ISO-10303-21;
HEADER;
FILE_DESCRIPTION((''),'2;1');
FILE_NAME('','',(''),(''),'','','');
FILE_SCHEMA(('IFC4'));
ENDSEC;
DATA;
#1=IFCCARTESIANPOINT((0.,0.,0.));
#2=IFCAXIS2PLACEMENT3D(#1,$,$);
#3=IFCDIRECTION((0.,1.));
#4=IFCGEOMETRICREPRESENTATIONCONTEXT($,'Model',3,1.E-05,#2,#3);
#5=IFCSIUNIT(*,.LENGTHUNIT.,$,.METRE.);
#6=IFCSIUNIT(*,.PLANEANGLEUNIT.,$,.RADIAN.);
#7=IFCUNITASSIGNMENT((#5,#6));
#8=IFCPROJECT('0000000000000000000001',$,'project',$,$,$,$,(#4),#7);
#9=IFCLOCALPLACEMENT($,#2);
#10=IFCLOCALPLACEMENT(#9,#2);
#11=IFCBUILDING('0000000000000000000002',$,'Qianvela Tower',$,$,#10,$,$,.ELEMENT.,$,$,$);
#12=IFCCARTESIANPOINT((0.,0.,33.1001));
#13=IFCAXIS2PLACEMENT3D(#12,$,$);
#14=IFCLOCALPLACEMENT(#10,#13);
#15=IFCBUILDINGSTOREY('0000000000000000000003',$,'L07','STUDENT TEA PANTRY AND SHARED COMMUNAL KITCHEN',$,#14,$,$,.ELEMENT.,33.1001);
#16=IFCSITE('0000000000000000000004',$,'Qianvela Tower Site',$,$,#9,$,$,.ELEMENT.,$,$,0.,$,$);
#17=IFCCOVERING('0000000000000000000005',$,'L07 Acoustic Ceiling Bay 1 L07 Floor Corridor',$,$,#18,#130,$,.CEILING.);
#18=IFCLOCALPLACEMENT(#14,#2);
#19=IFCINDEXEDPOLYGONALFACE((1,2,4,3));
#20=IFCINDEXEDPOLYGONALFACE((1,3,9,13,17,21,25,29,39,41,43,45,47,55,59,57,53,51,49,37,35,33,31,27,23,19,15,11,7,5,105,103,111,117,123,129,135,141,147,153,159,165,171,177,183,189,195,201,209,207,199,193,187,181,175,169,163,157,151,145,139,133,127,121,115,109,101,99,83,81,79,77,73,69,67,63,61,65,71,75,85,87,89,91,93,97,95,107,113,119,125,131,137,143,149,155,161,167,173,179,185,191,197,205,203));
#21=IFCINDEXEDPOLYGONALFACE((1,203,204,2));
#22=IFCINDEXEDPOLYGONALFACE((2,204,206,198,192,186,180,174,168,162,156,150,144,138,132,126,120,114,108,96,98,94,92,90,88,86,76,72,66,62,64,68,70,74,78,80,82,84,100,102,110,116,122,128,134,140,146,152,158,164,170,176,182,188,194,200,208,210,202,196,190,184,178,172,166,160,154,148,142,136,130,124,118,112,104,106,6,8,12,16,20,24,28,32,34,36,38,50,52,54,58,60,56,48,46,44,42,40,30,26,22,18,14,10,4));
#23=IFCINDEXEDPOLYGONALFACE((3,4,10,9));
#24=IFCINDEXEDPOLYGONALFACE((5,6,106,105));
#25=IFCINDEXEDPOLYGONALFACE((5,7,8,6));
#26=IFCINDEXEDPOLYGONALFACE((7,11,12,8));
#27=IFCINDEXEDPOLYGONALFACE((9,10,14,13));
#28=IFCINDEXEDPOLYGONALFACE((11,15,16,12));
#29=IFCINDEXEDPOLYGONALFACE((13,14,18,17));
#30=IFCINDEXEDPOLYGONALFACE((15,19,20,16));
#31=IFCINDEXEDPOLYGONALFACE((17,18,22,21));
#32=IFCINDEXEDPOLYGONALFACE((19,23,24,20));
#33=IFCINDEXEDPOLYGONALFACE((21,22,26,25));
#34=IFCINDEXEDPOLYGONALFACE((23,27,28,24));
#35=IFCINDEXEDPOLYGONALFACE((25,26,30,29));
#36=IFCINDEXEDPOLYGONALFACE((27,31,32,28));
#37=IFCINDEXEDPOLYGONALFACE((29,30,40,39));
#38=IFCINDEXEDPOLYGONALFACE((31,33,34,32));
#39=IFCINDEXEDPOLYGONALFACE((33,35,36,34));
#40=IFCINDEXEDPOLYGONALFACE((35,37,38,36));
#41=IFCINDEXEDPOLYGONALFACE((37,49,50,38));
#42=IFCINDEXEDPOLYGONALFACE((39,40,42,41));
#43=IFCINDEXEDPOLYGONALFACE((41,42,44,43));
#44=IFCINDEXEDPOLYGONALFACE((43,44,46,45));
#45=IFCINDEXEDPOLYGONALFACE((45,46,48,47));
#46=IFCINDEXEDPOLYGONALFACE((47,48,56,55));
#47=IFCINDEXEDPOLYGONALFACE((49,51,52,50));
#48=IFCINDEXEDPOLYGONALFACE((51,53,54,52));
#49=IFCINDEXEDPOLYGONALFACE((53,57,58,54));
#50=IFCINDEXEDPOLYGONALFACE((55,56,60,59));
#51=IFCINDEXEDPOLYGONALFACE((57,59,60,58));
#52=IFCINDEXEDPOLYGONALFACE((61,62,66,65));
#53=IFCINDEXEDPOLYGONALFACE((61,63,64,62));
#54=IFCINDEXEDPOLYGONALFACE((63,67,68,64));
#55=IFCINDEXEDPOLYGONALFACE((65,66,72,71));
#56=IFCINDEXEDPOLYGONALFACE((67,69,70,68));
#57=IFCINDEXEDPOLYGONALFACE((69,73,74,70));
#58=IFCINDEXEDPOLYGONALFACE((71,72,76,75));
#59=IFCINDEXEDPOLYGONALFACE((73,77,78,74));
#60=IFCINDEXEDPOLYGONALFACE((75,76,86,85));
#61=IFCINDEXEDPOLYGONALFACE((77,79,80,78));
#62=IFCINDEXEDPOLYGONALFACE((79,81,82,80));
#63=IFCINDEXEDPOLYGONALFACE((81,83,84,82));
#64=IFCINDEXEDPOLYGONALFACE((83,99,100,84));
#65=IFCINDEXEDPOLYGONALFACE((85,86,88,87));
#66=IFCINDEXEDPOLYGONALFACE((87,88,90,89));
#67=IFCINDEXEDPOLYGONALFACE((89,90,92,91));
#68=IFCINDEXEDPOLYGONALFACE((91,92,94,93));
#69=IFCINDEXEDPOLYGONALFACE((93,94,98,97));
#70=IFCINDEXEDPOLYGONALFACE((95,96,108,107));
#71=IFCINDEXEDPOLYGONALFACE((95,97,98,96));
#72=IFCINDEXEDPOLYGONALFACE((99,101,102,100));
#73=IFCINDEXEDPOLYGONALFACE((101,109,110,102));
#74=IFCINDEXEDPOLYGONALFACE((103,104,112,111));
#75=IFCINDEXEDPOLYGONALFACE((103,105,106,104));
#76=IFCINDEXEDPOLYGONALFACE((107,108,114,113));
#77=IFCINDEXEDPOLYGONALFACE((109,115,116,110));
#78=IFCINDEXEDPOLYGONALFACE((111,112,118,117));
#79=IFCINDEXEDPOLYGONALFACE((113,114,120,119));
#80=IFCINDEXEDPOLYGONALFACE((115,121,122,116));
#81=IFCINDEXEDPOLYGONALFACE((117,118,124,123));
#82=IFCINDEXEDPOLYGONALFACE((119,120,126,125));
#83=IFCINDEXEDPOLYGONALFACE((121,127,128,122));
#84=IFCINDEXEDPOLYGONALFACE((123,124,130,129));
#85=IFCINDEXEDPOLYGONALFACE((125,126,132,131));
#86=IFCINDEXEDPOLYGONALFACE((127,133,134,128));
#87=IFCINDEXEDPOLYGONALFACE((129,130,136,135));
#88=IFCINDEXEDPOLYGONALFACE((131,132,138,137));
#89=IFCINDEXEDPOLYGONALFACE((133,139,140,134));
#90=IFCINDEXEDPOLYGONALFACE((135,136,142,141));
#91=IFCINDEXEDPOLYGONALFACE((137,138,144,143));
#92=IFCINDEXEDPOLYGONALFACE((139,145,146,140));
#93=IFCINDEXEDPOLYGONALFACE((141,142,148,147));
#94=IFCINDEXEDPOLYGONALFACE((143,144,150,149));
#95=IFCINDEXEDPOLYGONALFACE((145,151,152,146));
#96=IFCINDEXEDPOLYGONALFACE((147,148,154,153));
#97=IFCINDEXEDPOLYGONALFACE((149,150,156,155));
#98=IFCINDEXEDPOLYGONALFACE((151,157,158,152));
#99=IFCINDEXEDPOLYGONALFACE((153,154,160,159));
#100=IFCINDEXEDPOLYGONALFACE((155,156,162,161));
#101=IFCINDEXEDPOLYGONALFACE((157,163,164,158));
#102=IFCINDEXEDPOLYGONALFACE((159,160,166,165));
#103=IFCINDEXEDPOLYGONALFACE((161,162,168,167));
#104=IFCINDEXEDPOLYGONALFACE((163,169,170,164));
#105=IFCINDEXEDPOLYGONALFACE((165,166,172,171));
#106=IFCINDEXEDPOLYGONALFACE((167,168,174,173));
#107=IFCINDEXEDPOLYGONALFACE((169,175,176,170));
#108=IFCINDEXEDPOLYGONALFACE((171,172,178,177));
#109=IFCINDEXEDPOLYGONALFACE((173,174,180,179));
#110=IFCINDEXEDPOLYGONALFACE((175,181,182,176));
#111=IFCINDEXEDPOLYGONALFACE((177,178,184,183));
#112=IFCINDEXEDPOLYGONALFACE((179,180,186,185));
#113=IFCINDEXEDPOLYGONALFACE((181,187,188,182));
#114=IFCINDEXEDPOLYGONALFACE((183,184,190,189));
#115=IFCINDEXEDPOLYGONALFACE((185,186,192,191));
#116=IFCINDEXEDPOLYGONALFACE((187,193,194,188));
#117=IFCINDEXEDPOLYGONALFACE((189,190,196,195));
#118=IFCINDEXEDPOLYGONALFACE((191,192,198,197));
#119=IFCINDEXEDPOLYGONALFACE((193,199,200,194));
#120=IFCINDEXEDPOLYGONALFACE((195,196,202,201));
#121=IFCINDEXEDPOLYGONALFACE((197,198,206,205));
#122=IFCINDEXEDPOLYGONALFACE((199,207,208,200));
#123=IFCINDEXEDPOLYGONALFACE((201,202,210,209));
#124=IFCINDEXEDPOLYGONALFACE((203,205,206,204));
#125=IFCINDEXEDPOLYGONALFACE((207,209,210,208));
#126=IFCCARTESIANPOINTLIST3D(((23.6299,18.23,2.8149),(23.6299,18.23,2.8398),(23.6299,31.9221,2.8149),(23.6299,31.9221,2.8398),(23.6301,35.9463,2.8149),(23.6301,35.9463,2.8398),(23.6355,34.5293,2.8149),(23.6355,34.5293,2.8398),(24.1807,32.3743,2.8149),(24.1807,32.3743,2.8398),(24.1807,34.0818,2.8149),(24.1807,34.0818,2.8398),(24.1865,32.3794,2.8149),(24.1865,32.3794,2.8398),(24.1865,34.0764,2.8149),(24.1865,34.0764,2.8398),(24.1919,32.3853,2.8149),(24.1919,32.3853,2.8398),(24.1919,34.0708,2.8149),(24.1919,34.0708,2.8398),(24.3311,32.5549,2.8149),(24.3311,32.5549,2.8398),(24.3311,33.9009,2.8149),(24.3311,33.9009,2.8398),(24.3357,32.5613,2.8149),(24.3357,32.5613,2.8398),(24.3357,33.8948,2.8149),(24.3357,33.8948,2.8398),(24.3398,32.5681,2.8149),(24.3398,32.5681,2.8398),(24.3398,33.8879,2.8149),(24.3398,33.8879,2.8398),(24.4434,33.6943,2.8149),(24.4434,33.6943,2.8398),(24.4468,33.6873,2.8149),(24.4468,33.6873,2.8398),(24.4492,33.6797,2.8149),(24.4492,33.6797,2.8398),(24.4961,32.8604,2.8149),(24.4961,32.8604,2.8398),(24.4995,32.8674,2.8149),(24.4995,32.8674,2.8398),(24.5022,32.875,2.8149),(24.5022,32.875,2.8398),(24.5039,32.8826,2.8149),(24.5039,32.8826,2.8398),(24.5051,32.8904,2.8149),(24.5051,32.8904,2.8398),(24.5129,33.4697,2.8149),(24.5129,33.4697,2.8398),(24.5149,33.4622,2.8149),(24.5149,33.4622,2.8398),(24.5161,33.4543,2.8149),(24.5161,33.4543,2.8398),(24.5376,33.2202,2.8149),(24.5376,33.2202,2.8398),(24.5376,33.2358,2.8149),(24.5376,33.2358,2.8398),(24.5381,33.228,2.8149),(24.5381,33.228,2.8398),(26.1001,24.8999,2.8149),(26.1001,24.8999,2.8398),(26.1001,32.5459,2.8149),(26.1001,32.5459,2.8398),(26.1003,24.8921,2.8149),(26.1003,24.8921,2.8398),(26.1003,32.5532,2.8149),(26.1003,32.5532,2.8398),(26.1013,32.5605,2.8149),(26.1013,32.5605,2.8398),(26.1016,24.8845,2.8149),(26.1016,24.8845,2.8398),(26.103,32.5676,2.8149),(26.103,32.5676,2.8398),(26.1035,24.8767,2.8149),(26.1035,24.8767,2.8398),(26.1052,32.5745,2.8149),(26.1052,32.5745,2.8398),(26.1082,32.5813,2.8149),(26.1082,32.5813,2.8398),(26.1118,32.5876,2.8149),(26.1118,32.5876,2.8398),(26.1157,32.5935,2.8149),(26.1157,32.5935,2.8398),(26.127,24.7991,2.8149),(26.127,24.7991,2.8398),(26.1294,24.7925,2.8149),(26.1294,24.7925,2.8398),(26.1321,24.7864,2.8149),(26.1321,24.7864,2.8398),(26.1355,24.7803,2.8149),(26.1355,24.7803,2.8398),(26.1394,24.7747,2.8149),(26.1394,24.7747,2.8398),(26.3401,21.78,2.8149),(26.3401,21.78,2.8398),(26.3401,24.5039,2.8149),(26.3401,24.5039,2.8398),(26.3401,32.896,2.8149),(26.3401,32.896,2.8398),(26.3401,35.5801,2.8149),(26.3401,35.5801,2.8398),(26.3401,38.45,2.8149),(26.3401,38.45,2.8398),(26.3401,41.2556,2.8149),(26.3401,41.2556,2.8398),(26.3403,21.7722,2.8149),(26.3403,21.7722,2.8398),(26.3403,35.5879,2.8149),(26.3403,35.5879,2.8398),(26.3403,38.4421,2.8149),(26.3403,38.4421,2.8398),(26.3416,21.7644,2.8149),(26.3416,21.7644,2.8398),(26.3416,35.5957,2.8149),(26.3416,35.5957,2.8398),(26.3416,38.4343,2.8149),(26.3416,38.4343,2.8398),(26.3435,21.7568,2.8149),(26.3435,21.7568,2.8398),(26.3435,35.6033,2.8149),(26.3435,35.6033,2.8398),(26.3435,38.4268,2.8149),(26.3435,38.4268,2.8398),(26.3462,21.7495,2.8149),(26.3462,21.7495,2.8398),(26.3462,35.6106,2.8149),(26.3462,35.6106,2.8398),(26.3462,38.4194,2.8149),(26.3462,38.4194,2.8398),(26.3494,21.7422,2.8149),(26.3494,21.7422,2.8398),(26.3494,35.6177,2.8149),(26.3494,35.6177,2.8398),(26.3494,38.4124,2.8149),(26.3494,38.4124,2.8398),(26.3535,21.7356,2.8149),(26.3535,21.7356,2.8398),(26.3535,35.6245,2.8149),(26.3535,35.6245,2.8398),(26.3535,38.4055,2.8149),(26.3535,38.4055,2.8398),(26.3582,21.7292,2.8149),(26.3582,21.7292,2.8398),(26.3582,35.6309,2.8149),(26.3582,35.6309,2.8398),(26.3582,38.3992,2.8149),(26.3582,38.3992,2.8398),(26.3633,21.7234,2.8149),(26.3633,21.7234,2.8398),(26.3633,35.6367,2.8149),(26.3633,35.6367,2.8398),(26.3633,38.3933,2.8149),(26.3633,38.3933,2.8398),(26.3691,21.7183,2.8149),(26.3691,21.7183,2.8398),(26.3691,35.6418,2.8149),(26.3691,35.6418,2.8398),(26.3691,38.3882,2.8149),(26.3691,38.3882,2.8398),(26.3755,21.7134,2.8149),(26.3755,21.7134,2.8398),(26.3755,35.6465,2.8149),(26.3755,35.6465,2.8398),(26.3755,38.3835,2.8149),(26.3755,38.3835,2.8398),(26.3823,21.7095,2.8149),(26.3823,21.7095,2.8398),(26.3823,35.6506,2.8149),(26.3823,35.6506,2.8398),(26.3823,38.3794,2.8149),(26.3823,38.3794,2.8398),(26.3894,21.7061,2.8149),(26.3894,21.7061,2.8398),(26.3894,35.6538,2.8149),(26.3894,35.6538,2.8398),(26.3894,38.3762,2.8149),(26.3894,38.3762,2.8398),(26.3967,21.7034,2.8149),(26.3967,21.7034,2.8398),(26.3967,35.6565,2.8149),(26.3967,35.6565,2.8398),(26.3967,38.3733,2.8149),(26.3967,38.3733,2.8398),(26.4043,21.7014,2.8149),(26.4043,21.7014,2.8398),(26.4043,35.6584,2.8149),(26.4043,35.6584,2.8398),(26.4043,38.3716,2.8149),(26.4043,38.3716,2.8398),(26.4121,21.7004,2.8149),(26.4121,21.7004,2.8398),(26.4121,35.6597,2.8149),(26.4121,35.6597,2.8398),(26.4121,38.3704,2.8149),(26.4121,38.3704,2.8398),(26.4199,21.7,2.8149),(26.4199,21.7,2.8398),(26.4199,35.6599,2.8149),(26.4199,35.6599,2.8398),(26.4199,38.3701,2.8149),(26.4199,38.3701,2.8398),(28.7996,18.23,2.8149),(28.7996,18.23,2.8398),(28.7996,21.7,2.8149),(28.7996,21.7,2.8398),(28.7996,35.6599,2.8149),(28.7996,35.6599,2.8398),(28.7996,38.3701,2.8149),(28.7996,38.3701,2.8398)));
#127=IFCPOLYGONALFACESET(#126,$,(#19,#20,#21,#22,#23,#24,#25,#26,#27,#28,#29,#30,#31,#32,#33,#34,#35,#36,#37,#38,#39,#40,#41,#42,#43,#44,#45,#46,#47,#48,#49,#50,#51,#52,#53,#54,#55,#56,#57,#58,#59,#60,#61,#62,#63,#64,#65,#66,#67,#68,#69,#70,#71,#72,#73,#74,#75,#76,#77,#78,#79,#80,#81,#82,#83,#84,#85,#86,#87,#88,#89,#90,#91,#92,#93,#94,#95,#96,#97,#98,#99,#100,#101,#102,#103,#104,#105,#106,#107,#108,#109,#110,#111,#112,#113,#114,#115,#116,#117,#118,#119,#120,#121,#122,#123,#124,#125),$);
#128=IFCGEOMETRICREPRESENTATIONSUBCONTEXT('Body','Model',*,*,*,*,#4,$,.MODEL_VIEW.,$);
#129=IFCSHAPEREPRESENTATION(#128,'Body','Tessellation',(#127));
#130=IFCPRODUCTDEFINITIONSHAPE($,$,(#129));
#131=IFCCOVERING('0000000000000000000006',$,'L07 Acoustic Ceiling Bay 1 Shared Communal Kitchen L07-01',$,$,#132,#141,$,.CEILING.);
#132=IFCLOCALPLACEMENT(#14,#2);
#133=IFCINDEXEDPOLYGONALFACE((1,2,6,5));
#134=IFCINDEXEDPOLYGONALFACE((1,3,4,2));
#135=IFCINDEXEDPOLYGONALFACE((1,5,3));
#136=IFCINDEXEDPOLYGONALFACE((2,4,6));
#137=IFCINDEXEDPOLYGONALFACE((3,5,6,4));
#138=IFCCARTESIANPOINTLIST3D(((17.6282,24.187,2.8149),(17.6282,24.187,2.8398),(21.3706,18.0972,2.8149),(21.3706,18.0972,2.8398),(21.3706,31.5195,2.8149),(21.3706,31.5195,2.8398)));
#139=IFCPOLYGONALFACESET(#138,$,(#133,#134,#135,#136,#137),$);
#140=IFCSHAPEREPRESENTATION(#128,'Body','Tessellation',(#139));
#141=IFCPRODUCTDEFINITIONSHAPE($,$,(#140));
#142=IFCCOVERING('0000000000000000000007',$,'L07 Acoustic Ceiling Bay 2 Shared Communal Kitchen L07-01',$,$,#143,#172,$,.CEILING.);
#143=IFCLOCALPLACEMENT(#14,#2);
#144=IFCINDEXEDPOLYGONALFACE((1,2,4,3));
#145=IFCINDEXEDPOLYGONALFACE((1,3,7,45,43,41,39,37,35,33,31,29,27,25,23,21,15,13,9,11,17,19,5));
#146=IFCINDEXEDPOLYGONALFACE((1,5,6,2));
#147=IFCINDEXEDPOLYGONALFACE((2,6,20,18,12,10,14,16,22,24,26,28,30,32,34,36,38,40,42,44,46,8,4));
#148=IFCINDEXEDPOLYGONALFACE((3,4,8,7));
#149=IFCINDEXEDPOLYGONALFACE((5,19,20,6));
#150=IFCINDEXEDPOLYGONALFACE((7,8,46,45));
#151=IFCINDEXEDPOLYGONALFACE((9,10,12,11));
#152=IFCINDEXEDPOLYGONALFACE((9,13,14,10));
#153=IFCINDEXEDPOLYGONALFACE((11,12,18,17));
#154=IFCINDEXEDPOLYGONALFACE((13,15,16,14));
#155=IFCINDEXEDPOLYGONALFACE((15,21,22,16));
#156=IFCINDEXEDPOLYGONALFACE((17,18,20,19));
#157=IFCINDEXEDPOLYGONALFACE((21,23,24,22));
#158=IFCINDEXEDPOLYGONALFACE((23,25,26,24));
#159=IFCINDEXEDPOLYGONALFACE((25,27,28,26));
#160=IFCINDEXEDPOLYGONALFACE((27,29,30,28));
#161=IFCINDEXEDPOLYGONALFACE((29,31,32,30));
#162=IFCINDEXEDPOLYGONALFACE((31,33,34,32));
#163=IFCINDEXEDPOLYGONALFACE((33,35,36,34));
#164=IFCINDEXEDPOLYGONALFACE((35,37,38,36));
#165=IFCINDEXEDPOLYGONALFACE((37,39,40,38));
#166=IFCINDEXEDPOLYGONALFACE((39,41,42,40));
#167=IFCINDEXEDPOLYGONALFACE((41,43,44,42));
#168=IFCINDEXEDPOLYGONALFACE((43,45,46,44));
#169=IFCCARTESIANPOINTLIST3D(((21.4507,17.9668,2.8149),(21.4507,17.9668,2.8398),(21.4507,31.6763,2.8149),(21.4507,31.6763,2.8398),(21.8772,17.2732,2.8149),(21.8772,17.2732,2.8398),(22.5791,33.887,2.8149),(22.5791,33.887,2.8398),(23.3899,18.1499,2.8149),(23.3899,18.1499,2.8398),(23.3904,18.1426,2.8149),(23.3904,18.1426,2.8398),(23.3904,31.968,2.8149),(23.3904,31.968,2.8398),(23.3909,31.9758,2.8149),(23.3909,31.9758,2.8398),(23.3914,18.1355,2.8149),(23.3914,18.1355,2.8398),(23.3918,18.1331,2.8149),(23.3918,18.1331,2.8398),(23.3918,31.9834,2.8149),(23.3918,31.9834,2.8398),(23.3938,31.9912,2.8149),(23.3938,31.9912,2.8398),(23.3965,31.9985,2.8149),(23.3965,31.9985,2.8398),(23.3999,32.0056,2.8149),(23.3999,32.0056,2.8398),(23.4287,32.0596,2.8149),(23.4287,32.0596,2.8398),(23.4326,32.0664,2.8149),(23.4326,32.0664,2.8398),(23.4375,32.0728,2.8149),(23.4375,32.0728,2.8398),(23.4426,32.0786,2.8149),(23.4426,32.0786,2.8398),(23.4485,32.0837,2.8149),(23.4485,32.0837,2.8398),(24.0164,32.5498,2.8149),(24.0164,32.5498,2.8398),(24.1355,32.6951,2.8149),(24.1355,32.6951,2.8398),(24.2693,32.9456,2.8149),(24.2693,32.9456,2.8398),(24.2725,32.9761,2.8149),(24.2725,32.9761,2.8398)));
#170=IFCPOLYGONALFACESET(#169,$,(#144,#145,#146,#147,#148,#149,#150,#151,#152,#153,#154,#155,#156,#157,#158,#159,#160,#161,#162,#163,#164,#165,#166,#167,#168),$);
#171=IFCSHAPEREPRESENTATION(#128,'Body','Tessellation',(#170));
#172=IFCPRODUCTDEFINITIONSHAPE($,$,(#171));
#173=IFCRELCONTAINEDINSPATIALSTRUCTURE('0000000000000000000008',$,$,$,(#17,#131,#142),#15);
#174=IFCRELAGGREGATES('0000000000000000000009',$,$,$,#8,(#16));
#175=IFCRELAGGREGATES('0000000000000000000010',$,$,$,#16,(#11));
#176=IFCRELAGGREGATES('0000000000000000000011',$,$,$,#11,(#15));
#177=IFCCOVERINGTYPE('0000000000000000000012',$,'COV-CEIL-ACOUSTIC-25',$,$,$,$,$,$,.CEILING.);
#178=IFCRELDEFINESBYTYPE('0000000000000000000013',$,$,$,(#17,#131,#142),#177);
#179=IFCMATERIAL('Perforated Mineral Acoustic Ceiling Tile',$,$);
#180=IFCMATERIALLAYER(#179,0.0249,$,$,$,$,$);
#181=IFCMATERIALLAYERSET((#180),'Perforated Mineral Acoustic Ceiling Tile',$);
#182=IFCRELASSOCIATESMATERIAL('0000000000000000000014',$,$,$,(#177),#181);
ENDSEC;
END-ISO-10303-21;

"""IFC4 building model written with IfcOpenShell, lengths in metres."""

from ifc_helpers import new_model, si_unit, direction, frame, origin, place, context, subcontext, project, spatial, polyline, outline, extrude, material, layer, layer_set, type_object, element, save


model = new_model("IFC4")

# Units and contexts
model_context = context("Model", 3, precision=1e-05, world=origin(), true_north=direction((0.0, 1.0)))
body_context = subcontext(model_context, "Body", "Model", "MODEL_VIEW")
ifc_project = project(units=[si_unit("LENGTHUNIT", "METRE"), si_unit("PLANEANGLEUNIT", "RADIAN")], contexts=[model_context])

# Site, building, storey
site_placement = place(None, origin())
site = spatial("IfcSite", under=ifc_project, at=site_placement, Name="Qianvela Tower Site", CompositionType="ELEMENT", RefElevation=0.0)
building_placement = place(site_placement, origin())
building = spatial("IfcBuilding", under=site, at=building_placement, Name="Qianvela Tower", CompositionType="ELEMENT")
storey_placement = place(building_placement, frame((0.0, 0.0, 33.1001)))
storey = spatial("IfcBuildingStorey", under=building, at=storey_placement, Name="L07", Description="STUDENT TEA PANTRY AND SHARED COMMUNAL KITCHEN", CompositionType="ELEMENT", Elevation=33.1001)

# Coverings
ifc_material_1 = material(Name="Perforated Mineral Acoustic Ceiling Tile")
ifc_layer_1 = layer(ifc_material_1, 0.0249)
ifc_layer_set_1 = layer_set([ifc_layer_1], Name="Perforated Mineral Acoustic Ceiling Tile")
covering_type_1 = type_object("IfcCoveringType", Name="COV-CEIL-ACOUSTIC-25", PredefinedType="CEILING", material=ifc_layer_set_1)
covering_1_placement = place(storey_placement, frame((0.0, 0.0, 2.8149)))
element("IfcCovering", 1, at=covering_1_placement, inside=storey, type_object=covering_type_1, Name="L07 Acoustic Ceiling Bay 1 L07 Floor Corridor", PredefinedType="CEILING", context=body_context, shape_type="SweptSolid", body=[
    extrude(outline(polyline([(24.5149, 33.4622), (24.5129, 33.4697), (24.4492, 33.6797), (24.4468, 33.6873), (24.4434, 33.6943), (24.3398, 33.8879), (24.3357, 33.8948), (24.3311, 33.9009), (24.1919, 34.0708), (24.1865, 34.0764), (24.1807, 34.0818), (23.6355, 34.5293), (23.6301, 35.9463), (26.3401, 41.2556), (26.3401, 38.45), (26.3403, 38.4421), (26.3416, 38.4343), (26.3435, 38.4268), (26.3462, 38.4194), (26.3494, 38.4124), (26.3535, 38.4055), (26.3582, 38.3992), (26.3633, 38.3933), (26.3691, 38.3882), (26.3755, 38.3835), (26.3823, 38.3794), (26.3894, 38.3762), (26.3967, 38.3733), (26.4043, 38.3716), (26.4121, 38.3704), (26.4199, 38.3701), (28.7996, 38.3701), (28.7996, 35.6599), (26.4199, 35.6599), (26.4121, 35.6597), (26.4043, 35.6584), (26.3967, 35.6565), (26.3894, 35.6538), (26.3823, 35.6506), (26.3755, 35.6465), (26.3691, 35.6418), (26.3633, 35.6367), (26.3582, 35.6309), (26.3535, 35.6245), (26.3494, 35.6177), (26.3462, 35.6106), (26.3435, 35.6033), (26.3416, 35.5957), (26.3403, 35.5879), (26.3401, 35.5801), (26.3401, 32.896), (26.1157, 32.5935), (26.1118, 32.5876), (26.1082, 32.5813), (26.1052, 32.5745), (26.103, 32.5676), (26.1013, 32.5605), (26.1003, 32.5532), (26.1001, 32.5459), (26.1001, 24.8999), (26.1003, 24.8921), (26.1016, 24.8845), (26.1035, 24.8767), (26.127, 24.7991), (26.1294, 24.7925), (26.1321, 24.7864), (26.1355, 24.7803), (26.1394, 24.7747), (26.3401, 24.5039), (26.3401, 21.78), (26.3403, 21.7722), (26.3416, 21.7644), (26.3435, 21.7568), (26.3462, 21.7495), (26.3494, 21.7422), (26.3535, 21.7356), (26.3582, 21.7292), (26.3633, 21.7234), (26.3691, 21.7183), (26.3755, 21.7134), (26.3823, 21.7095), (26.3894, 21.7061), (26.3967, 21.7034), (26.4043, 21.7014), (26.4121, 21.7004), (26.4199, 21.7), (28.7996, 21.7), (28.7996, 18.23), (23.6299, 18.23), (23.6299, 31.9221), (24.1807, 32.3743), (24.1865, 32.3794), (24.1919, 32.3853), (24.3311, 32.5549), (24.3357, 32.5613), (24.3398, 32.5681), (24.4961, 32.8604), (24.4995, 32.8674), (24.5022, 32.875), (24.5039, 32.8826), (24.5051, 32.8904), (24.5376, 33.2202), (24.5381, 33.228), (24.5376, 33.2358), (24.5161, 33.4543), (24.5149, 33.4622)])), origin(), (0.0, 0.0, 1.0), 0.0249),
])
covering_2_placement = place(storey_placement, frame((0.0, 0.0, 2.8149)))
element("IfcCovering", 2, at=covering_2_placement, inside=storey, type_object=covering_type_1, Name="L07 Acoustic Ceiling Bay 1 Shared Communal Kitchen L07-01", PredefinedType="CEILING", context=body_context, shape_type="SweptSolid", body=[
    extrude(outline(polyline([(17.6282, 24.187), (21.3706, 31.5195), (21.3706, 18.0972), (17.6282, 24.187)])), origin(), (0.0, 0.0, 1.0), 0.0249),
])
covering_3_placement = place(storey_placement, frame((0.0, 0.0, 2.8149)))
element("IfcCovering", 3, at=covering_3_placement, inside=storey, type_object=covering_type_1, Name="L07 Acoustic Ceiling Bay 2 Shared Communal Kitchen L07-01", PredefinedType="CEILING", context=body_context, shape_type="SweptSolid", body=[
    extrude(outline(polyline([(24.2725, 32.9761), (24.2693, 32.9456), (24.1355, 32.6951), (24.0164, 32.5498), (23.4485, 32.0837), (23.4426, 32.0786), (23.4375, 32.0728), (23.4326, 32.0664), (23.4287, 32.0596), (23.3999, 32.0056), (23.3965, 31.9985), (23.3938, 31.9912), (23.3918, 31.9834), (23.3909, 31.9758), (23.3904, 31.968), (23.3899, 18.1499), (23.3904, 18.1426), (23.3914, 18.1355), (23.3918, 18.1331), (21.8772, 17.2732), (21.4507, 17.9668), (21.4507, 31.6763), (22.5791, 33.887), (24.2725, 32.9761)])), origin(), (0.0, 0.0, 1.0), 0.0249),
])

save(model, "model.ifc")
